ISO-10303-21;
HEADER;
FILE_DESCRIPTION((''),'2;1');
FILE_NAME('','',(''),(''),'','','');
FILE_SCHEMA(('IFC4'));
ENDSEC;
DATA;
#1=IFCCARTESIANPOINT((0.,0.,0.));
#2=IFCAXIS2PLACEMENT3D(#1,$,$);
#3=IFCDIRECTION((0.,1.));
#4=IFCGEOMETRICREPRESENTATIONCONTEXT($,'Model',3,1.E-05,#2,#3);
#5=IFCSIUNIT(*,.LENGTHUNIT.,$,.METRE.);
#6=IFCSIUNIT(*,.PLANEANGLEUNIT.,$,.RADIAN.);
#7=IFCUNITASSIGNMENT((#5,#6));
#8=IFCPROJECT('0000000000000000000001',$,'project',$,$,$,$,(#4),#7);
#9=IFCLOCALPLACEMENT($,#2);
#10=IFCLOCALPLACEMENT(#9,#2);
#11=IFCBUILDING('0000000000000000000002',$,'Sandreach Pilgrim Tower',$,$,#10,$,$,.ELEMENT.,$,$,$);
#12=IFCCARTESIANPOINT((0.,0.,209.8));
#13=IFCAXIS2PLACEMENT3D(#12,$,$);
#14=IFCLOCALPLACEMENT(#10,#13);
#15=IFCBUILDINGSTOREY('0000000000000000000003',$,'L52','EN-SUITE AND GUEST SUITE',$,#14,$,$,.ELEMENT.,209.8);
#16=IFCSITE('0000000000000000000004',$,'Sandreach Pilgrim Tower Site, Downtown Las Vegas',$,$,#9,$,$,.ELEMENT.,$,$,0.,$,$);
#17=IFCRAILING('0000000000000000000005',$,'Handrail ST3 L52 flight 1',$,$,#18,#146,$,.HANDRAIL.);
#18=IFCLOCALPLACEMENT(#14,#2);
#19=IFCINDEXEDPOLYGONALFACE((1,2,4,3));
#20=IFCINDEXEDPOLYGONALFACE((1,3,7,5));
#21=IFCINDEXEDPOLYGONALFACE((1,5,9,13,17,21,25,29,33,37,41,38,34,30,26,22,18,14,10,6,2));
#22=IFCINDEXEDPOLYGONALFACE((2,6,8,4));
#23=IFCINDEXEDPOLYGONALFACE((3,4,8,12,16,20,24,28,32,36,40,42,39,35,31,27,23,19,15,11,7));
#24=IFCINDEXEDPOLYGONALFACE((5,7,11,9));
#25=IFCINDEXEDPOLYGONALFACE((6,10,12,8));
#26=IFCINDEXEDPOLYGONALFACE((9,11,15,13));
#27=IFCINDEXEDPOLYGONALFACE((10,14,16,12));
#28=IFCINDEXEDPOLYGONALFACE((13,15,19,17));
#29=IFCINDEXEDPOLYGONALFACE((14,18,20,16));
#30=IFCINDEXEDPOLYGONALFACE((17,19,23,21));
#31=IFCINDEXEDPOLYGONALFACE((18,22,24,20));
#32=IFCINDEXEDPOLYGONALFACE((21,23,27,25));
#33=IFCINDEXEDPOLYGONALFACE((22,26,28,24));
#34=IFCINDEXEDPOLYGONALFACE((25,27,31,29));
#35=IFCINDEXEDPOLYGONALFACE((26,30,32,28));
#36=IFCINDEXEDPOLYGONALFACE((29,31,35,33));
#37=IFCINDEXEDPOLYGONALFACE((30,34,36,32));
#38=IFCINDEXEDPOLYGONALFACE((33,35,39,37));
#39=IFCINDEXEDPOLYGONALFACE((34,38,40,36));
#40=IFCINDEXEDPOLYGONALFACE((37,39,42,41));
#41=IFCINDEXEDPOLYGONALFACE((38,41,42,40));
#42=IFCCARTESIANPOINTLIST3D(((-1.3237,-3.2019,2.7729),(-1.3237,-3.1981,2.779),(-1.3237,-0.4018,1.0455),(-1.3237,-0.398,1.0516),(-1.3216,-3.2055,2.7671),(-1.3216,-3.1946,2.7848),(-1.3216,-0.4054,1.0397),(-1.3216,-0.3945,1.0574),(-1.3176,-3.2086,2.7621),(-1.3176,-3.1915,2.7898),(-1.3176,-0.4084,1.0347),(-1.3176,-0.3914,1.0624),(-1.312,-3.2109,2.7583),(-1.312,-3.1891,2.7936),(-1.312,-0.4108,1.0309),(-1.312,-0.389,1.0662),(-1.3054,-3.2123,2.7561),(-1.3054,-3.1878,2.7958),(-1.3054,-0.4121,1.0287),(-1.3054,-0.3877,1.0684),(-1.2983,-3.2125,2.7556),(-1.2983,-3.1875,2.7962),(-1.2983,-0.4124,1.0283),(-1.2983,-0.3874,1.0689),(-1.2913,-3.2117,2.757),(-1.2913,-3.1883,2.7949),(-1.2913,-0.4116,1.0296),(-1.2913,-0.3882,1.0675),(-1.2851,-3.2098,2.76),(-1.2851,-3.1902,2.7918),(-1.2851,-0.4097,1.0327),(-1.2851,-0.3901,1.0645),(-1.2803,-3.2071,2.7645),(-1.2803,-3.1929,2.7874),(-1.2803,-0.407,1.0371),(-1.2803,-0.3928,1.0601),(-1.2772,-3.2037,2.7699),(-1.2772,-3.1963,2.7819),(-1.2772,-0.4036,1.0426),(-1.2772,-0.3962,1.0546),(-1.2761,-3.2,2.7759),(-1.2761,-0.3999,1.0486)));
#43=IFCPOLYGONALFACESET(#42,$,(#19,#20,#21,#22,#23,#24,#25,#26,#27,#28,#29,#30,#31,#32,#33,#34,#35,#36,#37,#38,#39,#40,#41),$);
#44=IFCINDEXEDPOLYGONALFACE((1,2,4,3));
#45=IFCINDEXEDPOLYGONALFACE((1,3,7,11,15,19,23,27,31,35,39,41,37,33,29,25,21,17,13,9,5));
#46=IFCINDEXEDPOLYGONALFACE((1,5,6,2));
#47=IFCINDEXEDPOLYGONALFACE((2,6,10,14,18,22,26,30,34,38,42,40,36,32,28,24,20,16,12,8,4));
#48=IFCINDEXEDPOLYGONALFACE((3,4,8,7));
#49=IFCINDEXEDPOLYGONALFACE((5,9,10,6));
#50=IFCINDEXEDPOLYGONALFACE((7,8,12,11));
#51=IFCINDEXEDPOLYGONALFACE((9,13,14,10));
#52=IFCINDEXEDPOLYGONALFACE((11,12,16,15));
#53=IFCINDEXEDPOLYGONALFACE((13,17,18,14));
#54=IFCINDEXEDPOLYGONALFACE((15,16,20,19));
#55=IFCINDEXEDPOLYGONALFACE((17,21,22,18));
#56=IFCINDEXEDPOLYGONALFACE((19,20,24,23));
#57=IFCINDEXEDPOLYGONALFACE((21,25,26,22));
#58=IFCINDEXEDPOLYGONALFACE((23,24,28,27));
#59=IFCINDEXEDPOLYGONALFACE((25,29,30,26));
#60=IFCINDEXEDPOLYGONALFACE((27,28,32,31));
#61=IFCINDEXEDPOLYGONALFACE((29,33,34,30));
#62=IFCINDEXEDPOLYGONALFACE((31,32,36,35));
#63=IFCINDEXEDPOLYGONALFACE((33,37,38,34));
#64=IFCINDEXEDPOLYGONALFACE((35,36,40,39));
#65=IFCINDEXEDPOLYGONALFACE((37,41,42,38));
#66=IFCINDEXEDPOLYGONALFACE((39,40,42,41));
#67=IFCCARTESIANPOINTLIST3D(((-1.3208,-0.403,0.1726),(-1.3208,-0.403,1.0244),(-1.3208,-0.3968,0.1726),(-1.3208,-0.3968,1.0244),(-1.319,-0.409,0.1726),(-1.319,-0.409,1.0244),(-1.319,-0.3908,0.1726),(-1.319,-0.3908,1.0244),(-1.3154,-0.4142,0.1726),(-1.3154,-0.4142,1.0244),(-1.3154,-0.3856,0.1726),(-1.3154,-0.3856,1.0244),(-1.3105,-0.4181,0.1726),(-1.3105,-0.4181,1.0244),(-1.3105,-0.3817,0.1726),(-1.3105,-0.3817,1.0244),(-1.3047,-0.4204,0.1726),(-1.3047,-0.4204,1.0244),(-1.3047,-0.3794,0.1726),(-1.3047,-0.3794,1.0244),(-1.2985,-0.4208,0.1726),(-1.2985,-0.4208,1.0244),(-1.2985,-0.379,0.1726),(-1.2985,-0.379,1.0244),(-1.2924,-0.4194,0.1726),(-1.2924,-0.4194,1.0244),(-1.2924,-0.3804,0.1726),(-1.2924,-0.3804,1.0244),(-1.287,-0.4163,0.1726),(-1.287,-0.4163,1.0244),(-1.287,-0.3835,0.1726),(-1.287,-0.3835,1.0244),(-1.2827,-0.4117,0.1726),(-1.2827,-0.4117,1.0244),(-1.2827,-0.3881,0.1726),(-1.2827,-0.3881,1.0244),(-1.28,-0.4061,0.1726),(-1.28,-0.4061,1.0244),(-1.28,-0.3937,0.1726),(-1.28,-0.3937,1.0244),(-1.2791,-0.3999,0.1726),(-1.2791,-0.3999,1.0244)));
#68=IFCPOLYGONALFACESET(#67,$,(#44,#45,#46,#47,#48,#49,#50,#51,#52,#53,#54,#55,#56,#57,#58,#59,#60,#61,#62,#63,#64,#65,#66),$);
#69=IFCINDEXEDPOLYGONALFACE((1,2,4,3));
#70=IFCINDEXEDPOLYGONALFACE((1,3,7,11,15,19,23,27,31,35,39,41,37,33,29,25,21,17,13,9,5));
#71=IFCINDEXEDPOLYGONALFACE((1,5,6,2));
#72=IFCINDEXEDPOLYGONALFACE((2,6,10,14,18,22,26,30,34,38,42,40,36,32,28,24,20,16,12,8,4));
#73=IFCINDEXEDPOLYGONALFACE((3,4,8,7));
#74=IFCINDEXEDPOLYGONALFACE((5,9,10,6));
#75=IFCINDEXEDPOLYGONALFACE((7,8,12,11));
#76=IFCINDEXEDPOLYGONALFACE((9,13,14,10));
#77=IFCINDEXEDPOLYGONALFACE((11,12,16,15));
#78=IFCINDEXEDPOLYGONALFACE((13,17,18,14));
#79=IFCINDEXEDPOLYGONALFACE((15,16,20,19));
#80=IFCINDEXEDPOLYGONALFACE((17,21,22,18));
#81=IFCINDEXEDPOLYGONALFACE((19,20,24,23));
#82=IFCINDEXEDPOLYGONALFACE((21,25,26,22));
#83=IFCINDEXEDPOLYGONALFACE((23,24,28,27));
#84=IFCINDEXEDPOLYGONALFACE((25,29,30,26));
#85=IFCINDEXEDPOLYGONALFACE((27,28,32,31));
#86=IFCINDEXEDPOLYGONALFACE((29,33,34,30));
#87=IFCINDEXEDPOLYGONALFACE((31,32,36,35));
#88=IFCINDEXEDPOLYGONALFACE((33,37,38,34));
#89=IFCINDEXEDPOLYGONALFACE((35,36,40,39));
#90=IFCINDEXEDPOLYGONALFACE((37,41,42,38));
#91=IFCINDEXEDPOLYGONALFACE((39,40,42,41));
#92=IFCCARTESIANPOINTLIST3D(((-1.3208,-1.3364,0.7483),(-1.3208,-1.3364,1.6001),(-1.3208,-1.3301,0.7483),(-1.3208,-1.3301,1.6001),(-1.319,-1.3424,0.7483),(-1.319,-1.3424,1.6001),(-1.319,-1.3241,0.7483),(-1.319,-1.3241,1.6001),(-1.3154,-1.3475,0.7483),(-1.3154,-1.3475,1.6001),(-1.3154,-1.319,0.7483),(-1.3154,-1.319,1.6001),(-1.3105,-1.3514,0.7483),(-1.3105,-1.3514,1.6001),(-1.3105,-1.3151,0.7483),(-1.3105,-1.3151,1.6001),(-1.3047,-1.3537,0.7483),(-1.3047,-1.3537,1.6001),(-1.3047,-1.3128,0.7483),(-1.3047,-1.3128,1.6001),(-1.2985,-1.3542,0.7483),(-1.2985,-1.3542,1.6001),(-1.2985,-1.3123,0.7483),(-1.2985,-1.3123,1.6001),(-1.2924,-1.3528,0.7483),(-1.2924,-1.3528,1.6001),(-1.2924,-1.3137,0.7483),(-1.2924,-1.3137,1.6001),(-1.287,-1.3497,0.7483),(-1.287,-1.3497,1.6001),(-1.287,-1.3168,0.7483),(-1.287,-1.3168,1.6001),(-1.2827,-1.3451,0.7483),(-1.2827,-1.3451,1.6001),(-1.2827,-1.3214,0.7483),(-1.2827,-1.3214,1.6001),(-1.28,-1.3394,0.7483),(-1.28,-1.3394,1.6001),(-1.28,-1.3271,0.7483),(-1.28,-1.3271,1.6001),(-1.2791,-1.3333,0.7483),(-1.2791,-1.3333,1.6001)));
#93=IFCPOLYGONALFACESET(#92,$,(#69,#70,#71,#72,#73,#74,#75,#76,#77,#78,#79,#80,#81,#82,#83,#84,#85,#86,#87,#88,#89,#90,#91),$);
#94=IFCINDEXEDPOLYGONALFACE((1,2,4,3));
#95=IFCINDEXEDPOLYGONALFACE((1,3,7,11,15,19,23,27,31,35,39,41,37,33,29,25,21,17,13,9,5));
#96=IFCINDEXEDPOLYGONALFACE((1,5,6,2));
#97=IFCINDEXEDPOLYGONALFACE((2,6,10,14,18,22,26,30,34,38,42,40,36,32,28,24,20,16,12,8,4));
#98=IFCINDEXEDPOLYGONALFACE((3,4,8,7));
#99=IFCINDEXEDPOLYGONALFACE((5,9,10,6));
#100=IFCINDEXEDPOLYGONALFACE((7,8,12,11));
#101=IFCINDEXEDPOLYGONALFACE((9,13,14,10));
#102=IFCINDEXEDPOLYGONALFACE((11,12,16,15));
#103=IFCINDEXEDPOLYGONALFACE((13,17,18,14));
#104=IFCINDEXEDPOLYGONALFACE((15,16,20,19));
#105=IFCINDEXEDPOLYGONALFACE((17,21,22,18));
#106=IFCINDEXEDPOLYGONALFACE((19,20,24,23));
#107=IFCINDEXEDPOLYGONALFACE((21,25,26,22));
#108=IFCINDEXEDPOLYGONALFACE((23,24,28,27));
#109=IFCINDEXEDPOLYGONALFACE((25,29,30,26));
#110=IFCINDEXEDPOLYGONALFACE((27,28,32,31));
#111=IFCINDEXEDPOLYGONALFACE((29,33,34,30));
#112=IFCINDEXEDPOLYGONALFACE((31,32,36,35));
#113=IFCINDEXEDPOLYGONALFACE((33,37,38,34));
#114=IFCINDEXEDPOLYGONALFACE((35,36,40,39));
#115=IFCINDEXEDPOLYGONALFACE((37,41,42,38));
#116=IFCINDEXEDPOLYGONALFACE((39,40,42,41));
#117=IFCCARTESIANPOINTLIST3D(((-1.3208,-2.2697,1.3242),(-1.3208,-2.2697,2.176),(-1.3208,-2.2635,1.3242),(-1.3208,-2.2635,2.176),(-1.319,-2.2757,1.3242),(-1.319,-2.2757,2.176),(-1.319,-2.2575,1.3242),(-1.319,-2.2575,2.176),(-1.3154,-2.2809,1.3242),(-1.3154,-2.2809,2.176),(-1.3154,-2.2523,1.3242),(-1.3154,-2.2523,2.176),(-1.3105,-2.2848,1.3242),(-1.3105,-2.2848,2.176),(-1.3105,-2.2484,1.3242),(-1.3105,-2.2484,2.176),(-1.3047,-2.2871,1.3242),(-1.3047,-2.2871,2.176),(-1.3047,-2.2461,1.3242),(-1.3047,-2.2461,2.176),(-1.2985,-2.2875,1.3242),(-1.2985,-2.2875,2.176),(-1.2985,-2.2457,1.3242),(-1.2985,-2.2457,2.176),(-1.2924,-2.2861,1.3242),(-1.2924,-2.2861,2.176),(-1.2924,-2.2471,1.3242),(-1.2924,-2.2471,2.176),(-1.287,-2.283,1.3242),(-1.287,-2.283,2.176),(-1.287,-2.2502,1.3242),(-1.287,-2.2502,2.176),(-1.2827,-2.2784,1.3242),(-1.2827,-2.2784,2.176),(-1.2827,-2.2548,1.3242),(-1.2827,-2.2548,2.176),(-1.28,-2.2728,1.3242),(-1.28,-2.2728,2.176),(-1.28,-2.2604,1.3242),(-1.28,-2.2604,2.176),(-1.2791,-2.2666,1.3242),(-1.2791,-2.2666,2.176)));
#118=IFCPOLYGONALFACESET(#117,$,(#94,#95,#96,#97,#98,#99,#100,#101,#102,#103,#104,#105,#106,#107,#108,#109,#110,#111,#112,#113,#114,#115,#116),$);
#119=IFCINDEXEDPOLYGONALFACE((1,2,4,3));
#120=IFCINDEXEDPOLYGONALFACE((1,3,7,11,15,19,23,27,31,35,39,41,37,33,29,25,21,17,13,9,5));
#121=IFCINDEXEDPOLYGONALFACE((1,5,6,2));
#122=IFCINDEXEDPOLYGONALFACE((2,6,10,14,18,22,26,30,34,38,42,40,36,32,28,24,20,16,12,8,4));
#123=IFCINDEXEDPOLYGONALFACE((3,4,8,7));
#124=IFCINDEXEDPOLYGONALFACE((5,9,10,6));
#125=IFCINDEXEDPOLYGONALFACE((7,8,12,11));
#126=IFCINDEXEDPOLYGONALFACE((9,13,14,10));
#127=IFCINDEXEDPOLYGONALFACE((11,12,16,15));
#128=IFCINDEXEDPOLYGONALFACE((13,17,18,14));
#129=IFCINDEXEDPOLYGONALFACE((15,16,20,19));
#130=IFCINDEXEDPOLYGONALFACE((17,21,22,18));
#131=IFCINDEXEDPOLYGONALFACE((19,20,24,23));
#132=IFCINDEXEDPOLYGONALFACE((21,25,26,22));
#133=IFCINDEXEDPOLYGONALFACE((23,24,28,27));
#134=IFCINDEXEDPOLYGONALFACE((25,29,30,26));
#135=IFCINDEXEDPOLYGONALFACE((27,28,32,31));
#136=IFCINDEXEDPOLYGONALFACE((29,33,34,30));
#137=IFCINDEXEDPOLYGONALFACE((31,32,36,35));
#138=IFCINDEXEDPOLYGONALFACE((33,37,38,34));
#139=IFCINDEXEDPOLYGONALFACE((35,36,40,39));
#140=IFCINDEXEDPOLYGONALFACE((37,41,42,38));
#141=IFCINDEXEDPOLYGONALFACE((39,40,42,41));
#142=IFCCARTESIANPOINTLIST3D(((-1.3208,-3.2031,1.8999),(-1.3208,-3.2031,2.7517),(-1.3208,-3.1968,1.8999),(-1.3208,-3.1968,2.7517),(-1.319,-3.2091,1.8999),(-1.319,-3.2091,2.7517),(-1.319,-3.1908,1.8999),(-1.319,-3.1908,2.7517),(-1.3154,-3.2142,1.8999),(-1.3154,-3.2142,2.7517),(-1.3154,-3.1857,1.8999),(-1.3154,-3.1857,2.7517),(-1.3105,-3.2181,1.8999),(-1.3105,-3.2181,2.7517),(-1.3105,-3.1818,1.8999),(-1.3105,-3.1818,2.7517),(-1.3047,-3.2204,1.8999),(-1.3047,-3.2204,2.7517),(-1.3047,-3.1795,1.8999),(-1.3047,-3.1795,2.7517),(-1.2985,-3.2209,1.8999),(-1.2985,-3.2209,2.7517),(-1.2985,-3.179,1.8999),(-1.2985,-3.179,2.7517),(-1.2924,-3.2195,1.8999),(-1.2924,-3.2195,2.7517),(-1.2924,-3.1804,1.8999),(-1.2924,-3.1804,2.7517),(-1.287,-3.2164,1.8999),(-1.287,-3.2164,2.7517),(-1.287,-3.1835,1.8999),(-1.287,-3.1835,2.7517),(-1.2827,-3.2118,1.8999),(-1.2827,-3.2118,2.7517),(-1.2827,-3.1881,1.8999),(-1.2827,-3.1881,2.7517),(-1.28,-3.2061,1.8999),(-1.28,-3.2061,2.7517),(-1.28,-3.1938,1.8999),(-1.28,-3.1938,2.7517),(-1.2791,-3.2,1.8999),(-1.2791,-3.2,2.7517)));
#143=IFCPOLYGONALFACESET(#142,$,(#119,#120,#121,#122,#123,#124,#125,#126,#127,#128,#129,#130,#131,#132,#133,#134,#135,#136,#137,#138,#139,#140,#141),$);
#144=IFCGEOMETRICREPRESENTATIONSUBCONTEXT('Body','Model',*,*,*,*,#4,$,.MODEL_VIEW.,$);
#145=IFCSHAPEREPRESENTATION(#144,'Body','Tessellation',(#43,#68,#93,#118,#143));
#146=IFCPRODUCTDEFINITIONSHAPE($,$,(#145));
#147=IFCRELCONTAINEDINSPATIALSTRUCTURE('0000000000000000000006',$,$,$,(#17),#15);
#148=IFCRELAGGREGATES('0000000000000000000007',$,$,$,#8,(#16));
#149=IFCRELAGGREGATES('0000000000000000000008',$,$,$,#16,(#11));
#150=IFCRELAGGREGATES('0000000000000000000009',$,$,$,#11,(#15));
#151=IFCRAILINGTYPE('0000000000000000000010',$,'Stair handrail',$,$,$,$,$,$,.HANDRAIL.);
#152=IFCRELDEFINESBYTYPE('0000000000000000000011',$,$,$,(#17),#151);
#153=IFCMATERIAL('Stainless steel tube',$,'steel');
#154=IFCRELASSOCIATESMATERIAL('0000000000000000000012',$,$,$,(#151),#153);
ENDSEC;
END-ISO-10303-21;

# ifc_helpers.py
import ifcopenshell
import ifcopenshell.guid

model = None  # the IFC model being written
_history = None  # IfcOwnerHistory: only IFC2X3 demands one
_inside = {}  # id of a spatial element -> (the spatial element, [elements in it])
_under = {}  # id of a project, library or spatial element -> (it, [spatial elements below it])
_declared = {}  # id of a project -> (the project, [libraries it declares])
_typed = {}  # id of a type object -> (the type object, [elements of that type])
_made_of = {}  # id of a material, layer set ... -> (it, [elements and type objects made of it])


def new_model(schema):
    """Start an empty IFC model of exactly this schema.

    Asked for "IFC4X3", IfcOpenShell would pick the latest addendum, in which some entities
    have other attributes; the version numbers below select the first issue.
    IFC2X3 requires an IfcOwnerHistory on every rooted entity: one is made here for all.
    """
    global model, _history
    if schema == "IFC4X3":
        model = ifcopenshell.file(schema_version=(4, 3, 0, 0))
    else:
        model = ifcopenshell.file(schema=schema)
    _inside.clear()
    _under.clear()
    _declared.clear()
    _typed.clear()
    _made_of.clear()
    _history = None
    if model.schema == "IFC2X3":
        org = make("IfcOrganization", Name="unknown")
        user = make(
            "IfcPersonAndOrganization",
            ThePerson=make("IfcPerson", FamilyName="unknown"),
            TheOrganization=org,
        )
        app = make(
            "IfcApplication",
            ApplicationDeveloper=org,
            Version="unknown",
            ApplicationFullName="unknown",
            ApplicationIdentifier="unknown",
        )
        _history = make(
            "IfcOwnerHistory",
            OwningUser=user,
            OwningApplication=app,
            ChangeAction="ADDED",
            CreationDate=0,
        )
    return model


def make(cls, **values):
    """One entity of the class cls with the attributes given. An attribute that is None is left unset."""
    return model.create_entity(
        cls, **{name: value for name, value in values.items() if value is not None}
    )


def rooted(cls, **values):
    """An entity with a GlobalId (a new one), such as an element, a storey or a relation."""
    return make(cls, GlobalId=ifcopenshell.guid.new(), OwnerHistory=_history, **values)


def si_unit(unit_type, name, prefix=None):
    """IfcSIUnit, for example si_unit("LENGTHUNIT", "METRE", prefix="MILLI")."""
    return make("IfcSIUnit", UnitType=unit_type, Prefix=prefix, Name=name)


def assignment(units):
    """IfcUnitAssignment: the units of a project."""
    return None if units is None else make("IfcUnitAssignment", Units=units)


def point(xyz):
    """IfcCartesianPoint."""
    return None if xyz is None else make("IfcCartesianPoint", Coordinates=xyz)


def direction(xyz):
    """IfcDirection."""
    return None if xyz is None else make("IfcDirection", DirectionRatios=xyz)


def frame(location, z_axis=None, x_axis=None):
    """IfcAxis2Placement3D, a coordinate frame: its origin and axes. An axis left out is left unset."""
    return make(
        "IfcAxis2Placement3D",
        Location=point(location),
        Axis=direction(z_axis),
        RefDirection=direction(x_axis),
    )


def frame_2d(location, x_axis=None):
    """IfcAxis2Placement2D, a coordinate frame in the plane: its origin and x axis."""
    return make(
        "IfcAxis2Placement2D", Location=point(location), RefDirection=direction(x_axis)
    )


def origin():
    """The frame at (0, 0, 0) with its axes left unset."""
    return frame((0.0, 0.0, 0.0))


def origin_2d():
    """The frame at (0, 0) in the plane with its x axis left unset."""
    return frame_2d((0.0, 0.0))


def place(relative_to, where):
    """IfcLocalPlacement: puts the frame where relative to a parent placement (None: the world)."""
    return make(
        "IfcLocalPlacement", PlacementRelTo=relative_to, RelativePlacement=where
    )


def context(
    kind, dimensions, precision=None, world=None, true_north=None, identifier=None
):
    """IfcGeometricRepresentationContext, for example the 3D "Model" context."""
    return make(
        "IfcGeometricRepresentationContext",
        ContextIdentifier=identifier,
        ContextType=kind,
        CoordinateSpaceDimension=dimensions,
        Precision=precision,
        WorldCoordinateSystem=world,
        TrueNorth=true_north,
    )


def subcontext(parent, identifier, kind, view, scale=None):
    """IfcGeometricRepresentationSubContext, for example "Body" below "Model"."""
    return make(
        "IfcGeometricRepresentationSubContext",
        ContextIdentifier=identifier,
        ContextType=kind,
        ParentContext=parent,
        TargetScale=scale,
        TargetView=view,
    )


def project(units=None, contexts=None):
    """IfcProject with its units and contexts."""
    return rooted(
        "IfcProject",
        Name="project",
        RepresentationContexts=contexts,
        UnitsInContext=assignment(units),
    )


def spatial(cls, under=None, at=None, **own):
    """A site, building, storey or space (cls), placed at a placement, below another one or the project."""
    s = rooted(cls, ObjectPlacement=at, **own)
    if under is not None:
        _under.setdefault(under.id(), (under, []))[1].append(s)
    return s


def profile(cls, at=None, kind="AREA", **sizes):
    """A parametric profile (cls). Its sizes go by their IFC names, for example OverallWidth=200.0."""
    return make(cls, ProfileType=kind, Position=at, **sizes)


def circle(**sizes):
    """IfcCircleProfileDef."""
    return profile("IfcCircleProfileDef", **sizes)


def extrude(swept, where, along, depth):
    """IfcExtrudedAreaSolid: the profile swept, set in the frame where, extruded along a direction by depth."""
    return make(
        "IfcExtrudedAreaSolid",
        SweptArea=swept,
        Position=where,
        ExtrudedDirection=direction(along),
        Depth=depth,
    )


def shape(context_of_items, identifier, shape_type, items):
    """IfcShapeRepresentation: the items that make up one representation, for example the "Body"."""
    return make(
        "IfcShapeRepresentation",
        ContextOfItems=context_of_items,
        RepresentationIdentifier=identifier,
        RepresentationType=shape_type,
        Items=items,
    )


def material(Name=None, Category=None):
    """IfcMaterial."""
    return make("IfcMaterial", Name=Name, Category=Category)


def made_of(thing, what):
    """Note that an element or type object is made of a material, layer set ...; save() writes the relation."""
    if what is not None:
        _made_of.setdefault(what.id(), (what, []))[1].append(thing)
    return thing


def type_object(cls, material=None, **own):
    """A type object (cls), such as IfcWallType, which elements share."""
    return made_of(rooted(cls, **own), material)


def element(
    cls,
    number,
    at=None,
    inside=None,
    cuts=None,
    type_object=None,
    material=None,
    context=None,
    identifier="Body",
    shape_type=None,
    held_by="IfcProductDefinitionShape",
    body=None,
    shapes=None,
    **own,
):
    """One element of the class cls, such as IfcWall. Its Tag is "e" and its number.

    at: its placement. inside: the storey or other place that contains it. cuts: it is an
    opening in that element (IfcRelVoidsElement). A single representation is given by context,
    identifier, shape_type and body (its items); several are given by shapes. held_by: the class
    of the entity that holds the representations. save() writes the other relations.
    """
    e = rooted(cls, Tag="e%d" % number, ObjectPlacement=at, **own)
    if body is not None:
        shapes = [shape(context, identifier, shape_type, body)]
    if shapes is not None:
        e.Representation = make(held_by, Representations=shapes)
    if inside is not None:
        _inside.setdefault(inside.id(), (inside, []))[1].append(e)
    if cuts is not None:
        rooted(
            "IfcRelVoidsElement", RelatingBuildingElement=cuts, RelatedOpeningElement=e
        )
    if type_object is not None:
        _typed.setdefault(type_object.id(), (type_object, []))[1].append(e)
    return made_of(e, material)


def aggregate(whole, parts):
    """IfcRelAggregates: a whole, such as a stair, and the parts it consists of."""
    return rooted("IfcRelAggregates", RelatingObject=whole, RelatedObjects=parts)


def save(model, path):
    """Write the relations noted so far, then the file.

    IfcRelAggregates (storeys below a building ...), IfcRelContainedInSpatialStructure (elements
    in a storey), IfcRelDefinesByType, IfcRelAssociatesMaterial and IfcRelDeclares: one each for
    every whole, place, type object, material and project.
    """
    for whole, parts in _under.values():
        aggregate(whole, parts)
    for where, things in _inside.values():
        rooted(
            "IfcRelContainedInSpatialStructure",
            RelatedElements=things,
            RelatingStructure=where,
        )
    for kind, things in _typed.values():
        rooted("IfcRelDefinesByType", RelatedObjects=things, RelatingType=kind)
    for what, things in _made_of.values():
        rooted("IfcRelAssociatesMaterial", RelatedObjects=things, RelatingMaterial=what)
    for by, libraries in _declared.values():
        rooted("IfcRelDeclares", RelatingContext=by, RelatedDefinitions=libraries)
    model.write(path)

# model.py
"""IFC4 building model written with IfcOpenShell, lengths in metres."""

from ifc_helpers import new_model, si_unit, direction, frame, origin, origin_2d, place, context, subcontext, project, spatial, circle, extrude, material, type_object, element, save


model = new_model("IFC4")

# Units and contexts
model_context = context("Model", 3, precision=1e-05, world=origin(), true_north=direction((0.0, 1.0)))
body_context = subcontext(model_context, "Body", "Model", "MODEL_VIEW")
ifc_project = project(units=[si_unit("LENGTHUNIT", "METRE"), si_unit("PLANEANGLEUNIT", "RADIAN")], contexts=[model_context])

# Site, building, storey
site_placement = place(None, origin())
site = spatial("IfcSite", under=ifc_project, at=site_placement, Name="Sandreach Pilgrim Tower Site, Downtown Las Vegas", CompositionType="ELEMENT", RefElevation=0.0)
building_placement = place(site_placement, origin())
building = spatial("IfcBuilding", under=site, at=building_placement, Name="Sandreach Pilgrim Tower", CompositionType="ELEMENT")
storey_placement = place(building_placement, frame((0.0, 0.0, 209.8)))
storey = spatial("IfcBuildingStorey", under=building, at=storey_placement, Name="L52", Description="EN-SUITE AND GUEST SUITE", CompositionType="ELEMENT", Elevation=209.8)

# Railing
ifc_material_1 = material(Name="Stainless steel tube", Category="steel")
railing_type = type_object("IfcRailingType", Name="Stair handrail", PredefinedType="HANDRAIL", material=ifc_material_1)
for number, where, name in (
    (1, (-1.3, -0.3999, 0.1726), "Handrail ST3 L52 flight 1"),
):
    element("IfcRailing", number, at=place(storey_placement, frame(where)), inside=storey, type_object=railing_type, Name=name, PredefinedType="HANDRAIL", context=body_context, shape_type="SweptSolid", body=[
        extrude(circle(Radius=0.0239, at=origin_2d()), frame((0.0, 0.0, 0.876), z_axis=(0.0, -0.85109, 0.52502), x_axis=(1.0, 0.0, 0.0)), (0.0, 0.0, 1.0), 3.29),
        extrude(circle(Radius=0.021, at=origin_2d()), origin(), (0.0, 0.0, 1.0), 0.8518),
        extrude(circle(Radius=0.021, at=origin_2d()), frame((0.0, -0.9333, 0.5757)), (0.0, 0.0, 1.0), 0.8518),
        extrude(circle(Radius=0.021, at=origin_2d()), frame((0.0, -1.8667, 1.1516)), (0.0, 0.0, 1.0), 0.8518),
        extrude(circle(Radius=0.021, at=origin_2d()), frame((0.0, -2.8, 1.7273)), (0.0, 0.0, 1.0), 0.8518),
    ])

save(model, "model.ifc")
